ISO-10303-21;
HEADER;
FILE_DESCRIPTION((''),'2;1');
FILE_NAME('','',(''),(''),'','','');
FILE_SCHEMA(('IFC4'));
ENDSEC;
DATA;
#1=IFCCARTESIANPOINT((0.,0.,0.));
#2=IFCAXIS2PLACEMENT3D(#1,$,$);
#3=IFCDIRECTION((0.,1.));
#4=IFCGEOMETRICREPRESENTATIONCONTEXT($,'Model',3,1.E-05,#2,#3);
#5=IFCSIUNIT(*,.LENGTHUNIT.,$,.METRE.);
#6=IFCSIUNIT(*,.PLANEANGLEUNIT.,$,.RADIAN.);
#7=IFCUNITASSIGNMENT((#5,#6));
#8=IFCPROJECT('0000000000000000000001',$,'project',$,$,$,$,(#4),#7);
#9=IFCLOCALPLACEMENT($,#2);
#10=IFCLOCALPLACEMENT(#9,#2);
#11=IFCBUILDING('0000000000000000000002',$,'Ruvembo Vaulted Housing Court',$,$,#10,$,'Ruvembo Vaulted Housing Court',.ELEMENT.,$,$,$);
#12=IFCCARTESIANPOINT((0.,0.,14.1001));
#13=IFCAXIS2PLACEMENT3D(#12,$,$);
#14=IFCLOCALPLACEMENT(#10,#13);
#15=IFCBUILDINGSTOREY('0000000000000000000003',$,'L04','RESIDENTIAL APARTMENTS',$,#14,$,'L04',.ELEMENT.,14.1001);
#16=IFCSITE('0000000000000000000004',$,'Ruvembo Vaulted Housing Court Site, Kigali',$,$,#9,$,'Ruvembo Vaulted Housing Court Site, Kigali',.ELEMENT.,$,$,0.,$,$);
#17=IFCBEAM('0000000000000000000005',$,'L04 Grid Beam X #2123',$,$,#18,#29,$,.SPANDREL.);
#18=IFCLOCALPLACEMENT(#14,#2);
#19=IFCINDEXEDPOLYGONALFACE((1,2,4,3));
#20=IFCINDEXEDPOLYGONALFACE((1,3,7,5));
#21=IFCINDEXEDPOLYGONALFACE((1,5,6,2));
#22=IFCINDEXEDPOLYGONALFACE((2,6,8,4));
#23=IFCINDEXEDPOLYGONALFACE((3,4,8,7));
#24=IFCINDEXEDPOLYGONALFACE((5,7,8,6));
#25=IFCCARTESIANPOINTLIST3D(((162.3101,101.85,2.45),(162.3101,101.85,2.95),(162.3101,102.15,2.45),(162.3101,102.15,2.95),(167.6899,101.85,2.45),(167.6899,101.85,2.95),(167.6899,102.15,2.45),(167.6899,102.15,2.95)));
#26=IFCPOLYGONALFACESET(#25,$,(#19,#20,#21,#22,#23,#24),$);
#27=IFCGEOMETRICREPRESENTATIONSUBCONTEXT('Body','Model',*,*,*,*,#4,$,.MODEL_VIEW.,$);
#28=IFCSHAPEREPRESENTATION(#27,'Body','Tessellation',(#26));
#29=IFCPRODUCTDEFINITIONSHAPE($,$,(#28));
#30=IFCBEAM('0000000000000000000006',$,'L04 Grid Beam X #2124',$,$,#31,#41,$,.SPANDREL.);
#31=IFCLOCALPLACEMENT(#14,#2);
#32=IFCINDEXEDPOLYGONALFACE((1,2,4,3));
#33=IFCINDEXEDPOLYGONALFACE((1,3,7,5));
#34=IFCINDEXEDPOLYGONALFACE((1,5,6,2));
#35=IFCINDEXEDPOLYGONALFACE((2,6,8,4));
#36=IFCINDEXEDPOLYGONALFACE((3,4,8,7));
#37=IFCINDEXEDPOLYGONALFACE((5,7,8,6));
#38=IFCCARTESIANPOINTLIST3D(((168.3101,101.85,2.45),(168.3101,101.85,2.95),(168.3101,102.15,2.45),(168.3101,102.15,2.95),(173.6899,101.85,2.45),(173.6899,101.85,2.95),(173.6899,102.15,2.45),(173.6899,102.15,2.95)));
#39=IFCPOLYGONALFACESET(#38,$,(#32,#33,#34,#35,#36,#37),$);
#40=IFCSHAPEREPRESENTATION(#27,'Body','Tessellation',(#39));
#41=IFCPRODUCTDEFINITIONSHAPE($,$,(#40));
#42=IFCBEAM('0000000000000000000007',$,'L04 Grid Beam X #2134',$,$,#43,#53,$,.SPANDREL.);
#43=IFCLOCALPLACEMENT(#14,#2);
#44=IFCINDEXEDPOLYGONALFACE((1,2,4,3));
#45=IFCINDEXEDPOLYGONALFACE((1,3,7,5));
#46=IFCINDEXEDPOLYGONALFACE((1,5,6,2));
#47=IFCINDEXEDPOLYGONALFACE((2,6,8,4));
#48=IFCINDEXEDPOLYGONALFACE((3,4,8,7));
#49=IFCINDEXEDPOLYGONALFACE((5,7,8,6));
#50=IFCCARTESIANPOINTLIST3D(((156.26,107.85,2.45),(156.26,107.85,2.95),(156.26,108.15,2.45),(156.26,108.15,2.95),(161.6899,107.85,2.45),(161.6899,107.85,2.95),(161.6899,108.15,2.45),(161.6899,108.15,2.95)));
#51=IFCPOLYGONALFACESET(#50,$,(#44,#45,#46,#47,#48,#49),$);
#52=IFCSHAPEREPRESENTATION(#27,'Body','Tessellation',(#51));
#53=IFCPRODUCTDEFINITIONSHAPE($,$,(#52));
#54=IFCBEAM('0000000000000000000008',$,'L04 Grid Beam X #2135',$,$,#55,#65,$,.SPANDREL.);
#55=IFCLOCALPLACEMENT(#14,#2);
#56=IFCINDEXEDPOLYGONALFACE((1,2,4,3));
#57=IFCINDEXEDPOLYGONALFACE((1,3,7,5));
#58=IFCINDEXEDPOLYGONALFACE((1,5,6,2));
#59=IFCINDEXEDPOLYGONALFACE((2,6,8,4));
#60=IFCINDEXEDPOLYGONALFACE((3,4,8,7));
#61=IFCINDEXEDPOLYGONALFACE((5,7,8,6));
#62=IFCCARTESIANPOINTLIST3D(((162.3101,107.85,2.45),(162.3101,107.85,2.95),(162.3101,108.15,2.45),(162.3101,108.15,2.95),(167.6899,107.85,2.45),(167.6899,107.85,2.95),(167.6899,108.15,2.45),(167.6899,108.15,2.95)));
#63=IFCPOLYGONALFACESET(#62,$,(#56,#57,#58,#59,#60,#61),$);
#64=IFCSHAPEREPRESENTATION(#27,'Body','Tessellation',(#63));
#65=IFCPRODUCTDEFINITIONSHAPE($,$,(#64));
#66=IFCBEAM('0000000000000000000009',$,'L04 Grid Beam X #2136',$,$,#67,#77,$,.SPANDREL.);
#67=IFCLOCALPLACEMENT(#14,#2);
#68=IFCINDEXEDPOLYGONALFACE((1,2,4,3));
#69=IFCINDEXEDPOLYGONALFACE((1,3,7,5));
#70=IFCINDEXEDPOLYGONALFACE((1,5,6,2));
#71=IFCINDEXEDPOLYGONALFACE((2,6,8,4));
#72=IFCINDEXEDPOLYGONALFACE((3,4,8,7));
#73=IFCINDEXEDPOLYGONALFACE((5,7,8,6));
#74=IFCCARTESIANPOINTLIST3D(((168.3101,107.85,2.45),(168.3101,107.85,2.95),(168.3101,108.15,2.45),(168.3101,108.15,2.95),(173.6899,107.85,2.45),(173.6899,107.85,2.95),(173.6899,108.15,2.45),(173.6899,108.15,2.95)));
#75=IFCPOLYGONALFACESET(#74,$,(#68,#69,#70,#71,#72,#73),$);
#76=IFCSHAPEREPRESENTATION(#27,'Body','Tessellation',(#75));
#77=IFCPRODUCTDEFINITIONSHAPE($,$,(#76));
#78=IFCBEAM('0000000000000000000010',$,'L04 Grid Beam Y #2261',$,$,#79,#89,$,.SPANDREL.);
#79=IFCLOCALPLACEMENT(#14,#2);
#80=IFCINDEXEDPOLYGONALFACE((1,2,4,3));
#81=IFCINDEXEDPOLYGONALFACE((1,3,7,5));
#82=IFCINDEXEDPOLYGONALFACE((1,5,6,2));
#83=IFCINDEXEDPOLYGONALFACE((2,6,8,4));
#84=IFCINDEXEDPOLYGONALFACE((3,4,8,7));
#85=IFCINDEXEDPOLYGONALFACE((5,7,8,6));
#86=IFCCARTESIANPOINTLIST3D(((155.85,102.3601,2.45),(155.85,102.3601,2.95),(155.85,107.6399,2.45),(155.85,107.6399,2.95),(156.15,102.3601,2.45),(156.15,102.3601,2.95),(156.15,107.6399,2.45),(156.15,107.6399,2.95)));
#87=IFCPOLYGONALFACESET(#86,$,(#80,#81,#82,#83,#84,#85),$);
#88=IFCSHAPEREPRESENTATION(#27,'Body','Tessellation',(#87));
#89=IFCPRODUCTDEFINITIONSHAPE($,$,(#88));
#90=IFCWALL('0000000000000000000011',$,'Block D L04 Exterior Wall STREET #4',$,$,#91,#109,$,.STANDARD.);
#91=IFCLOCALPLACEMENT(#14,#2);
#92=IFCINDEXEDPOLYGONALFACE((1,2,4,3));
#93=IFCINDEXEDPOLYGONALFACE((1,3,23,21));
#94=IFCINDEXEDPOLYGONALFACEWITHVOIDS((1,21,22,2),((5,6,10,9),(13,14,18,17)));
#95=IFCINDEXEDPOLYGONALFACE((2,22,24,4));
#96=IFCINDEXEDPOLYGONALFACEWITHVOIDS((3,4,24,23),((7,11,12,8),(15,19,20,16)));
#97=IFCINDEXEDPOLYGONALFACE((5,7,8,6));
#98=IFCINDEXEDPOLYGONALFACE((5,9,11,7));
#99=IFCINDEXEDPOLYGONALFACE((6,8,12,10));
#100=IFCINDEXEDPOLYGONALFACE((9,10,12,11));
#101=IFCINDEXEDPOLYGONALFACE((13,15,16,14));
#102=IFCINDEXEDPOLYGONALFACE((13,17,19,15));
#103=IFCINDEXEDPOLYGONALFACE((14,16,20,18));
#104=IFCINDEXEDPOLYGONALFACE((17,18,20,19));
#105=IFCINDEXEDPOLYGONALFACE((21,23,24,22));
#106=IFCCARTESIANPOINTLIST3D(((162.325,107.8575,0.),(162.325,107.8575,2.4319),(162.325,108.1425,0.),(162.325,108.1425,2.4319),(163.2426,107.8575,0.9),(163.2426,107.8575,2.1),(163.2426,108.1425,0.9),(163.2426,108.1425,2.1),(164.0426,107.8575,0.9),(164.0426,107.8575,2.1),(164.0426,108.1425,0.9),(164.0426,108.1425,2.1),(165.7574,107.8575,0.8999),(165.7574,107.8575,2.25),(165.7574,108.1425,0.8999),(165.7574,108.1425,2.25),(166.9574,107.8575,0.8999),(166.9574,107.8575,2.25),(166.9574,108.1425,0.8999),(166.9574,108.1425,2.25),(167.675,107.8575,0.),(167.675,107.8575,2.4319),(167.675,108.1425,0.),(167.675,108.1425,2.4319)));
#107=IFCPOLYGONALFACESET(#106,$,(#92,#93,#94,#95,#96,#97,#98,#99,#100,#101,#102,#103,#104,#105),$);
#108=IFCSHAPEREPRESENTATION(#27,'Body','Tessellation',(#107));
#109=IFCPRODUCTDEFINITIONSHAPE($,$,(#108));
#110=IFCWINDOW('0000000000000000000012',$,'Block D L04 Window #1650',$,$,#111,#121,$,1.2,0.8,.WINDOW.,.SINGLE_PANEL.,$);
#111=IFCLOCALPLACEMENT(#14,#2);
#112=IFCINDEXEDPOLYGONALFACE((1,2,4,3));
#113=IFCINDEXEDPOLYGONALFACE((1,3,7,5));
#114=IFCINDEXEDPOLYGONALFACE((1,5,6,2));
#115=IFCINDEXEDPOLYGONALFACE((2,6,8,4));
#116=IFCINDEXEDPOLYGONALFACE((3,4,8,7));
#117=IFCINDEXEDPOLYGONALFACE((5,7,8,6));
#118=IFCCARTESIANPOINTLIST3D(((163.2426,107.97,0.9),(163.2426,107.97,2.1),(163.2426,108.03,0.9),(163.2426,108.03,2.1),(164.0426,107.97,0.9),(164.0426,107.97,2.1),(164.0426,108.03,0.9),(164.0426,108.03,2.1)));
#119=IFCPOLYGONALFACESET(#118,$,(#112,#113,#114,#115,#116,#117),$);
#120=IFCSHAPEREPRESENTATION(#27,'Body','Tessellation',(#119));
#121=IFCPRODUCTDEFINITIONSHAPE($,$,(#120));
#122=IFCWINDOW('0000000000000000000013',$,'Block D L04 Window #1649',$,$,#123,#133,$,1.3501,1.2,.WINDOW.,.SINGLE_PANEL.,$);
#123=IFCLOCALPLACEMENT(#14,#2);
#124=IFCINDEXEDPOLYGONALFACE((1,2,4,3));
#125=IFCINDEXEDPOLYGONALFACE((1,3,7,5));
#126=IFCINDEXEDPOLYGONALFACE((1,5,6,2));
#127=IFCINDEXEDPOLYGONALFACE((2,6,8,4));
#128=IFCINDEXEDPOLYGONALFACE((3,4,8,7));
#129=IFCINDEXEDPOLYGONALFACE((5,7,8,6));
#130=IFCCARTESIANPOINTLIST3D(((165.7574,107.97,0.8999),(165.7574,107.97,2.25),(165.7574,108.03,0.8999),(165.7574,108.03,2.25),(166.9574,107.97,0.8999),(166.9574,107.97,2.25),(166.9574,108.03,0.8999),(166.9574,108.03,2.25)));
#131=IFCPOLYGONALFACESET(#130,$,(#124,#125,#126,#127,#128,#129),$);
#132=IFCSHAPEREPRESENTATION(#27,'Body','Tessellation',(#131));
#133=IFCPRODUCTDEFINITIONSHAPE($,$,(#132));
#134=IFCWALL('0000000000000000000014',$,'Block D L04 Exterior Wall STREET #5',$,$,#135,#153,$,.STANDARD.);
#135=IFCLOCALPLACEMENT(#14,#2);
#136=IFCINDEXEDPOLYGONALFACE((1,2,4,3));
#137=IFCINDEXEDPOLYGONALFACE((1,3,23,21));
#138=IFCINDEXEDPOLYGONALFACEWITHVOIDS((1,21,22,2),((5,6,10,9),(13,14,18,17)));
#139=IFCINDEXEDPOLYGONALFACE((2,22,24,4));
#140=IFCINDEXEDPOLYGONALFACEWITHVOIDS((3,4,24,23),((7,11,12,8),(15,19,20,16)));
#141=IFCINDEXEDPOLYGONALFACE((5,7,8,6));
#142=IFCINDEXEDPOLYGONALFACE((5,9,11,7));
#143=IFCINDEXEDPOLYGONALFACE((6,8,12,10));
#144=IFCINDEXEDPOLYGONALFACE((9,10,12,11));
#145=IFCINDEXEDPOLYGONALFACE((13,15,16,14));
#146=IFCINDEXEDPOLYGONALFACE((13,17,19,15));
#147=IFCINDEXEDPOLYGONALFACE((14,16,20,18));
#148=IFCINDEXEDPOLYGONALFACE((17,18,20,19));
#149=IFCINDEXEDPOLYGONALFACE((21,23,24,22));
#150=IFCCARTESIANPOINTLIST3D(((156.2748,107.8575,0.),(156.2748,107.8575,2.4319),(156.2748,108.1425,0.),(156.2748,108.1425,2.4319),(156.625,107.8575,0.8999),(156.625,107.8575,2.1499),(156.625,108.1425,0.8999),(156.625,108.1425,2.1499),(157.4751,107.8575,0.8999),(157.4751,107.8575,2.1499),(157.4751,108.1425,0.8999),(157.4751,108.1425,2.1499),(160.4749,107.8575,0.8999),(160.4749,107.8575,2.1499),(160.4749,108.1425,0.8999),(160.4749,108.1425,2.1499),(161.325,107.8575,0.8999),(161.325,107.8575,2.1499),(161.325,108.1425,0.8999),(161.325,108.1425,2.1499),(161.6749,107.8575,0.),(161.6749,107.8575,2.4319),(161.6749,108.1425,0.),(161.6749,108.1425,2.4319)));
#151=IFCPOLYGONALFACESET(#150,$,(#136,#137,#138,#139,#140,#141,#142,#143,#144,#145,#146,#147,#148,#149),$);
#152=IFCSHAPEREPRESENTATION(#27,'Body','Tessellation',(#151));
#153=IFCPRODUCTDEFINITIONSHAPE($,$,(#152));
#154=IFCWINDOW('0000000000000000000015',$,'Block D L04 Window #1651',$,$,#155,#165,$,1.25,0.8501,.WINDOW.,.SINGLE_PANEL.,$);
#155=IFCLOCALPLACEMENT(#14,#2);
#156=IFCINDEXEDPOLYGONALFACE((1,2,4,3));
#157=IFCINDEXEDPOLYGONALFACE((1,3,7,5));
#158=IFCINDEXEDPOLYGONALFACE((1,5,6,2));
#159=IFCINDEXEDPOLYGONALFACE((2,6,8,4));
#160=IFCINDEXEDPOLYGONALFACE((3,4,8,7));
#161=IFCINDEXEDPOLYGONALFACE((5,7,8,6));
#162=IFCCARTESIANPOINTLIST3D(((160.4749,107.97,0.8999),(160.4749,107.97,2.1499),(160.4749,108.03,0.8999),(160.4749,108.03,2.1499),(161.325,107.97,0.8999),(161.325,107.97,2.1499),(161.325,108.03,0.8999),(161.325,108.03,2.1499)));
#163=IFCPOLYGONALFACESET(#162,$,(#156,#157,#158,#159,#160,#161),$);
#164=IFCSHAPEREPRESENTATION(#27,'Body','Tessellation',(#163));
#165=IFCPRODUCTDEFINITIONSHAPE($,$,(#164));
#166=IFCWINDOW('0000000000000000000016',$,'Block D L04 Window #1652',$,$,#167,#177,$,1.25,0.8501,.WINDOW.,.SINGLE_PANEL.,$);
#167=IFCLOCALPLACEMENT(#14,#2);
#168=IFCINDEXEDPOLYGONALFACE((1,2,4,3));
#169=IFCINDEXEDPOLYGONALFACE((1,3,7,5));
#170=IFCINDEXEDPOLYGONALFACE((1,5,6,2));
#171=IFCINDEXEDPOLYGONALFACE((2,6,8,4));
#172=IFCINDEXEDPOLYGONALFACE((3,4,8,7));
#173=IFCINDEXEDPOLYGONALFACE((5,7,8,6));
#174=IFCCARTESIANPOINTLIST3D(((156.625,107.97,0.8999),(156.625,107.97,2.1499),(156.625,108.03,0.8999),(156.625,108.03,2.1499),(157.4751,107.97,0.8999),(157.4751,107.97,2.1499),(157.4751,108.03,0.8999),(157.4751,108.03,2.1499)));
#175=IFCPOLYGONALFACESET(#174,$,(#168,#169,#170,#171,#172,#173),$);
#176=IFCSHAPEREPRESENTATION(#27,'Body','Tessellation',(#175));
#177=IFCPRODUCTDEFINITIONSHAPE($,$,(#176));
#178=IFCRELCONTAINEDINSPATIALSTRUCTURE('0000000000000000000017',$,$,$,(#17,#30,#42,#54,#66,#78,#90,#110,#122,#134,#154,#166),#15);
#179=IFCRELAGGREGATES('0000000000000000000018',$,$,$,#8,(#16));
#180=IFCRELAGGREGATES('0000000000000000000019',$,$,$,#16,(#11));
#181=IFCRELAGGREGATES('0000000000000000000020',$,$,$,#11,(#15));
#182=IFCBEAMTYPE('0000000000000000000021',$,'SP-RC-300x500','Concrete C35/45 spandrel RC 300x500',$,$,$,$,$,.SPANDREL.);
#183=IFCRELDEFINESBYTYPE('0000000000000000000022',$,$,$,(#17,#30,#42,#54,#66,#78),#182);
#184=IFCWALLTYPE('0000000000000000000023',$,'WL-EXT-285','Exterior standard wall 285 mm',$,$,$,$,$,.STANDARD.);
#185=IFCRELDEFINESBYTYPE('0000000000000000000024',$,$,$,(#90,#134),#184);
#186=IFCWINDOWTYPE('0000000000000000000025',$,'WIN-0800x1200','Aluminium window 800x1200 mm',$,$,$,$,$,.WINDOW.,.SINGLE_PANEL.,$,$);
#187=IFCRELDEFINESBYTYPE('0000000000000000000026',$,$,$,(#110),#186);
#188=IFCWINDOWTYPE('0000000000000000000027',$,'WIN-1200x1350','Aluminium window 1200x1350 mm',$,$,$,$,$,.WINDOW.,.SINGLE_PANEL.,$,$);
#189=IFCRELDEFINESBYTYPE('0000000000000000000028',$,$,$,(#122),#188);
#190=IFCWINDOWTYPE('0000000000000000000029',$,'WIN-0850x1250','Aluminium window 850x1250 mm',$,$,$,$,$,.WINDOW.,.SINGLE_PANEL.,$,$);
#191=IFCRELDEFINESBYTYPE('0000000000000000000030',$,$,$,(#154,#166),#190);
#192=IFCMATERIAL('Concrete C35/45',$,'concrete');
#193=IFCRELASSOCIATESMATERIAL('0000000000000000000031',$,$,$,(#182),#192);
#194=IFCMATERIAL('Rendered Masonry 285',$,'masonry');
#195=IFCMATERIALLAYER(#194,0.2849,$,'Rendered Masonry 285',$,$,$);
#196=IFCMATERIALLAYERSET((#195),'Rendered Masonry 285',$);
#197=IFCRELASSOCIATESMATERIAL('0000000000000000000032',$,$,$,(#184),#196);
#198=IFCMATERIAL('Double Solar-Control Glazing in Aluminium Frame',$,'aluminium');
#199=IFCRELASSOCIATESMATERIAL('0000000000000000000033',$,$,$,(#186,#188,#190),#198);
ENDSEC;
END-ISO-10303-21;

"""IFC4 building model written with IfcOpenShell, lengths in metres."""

from ifc_helpers import new_model, si_unit, direction, frame, frame_2d, origin, origin_2d, place, context, subcontext, project, spatial, rectangle, extrude, material, layer, layer_set, material_profile, profile_set, type_object, element, fill, save


model = new_model("IFC4")

# Units and contexts
model_context = context("Model", 3, precision=1e-05, world=origin(), true_north=direction((0.0, 1.0)))
body_context = subcontext(model_context, "Body", "Model", "MODEL_VIEW")
ifc_project = project(units=[si_unit("LENGTHUNIT", "METRE"), si_unit("PLANEANGLEUNIT", "RADIAN")], contexts=[model_context])

# Site, building, storey
site_placement = place(None, origin())
site = spatial("IfcSite", under=ifc_project, at=site_placement, Name="Ruvembo Vaulted Housing Court Site, Kigali", LongName="Ruvembo Vaulted Housing Court Site, Kigali", CompositionType="ELEMENT", RefElevation=0.0)
building_placement = place(site_placement, origin())
building = spatial("IfcBuilding", under=site, at=building_placement, Name="Ruvembo Vaulted Housing Court", LongName="Ruvembo Vaulted Housing Court", CompositionType="ELEMENT")
storey_placement = place(building_placement, frame((0.0, 0.0, 14.1001)))
storey = spatial("IfcBuildingStorey", under=building, at=storey_placement, Name="L04", Description="RESIDENTIAL APARTMENTS", LongName="L04", CompositionType="ELEMENT", Elevation=14.1001)

# Beams
ifc_material_1 = material(Name="Concrete C35/45", Category="concrete")
ifc_material_profile_1 = material_profile(ifc_material_1, rectangle(XDim=0.3, YDim=0.5, at=origin_2d()), Name="RC 300x500")
ifc_profile_set_1 = profile_set([ifc_material_profile_1], Name="Concrete C35/45")
beam_type_1 = type_object("IfcBeamType", Name="SP-RC-300x500", Description="Concrete C35/45 spandrel RC 300x500", PredefinedType="SPANDREL", material=ifc_profile_set_1)
for number, where, z_axis, x_axis, name in (
    (1, (162.3101, 102.0, 2.7), (1.0, 0.0, 0.0), (0.0, 1.0, 0.0), "L04 Grid Beam X #2123"),
    (2, (168.3101, 102.0, 2.7), (1.0, 0.0, 0.0), (0.0, 1.0, 0.0), "L04 Grid Beam X #2124"),
):
    element("IfcBeam", number, at=place(storey_placement, frame(where, z_axis=z_axis, x_axis=x_axis)), inside=storey, type_object=beam_type_1, Name=name, PredefinedType="SPANDREL", context=body_context, shape_type="SweptSolid", body=[
        extrude(rectangle(XDim=0.3, YDim=0.5, at=origin_2d()), origin(), (0.0, 0.0, 1.0), 5.3799),
    ])
beam_1_placement = place(storey_placement, frame((156.26, 108.0, 2.7), z_axis=(1.0, 0.0, 0.0), x_axis=(0.0, 1.0, 0.0)))
element("IfcBeam", 3, at=beam_1_placement, inside=storey, type_object=beam_type_1, Name="L04 Grid Beam X #2134", PredefinedType="SPANDREL", context=body_context, shape_type="SweptSolid", body=[
    extrude(rectangle(XDim=0.3, YDim=0.5, at=origin_2d()), origin(), (0.0, 0.0, 1.0), 5.4299),
])
for number, where, z_axis, x_axis, name in (
    (4, (162.3101, 108.0, 2.7), (1.0, 0.0, 0.0), (0.0, 1.0, 0.0), "L04 Grid Beam X #2135"),
    (5, (168.3101, 108.0, 2.7), (1.0, 0.0, 0.0), (0.0, 1.0, 0.0), "L04 Grid Beam X #2136"),
):
    element("IfcBeam", number, at=place(storey_placement, frame(where, z_axis=z_axis, x_axis=x_axis)), inside=storey, type_object=beam_type_1, Name=name, PredefinedType="SPANDREL", context=body_context, shape_type="SweptSolid", body=[
        extrude(rectangle(XDim=0.3, YDim=0.5, at=origin_2d()), origin(), (0.0, 0.0, 1.0), 5.3799),
    ])
beam_2_placement = place(storey_placement, frame((156.0, 102.3601, 2.7), z_axis=(0.0, 1.0, 0.0), x_axis=(-1.0, 0.0, 0.0)))
element("IfcBeam", 6, at=beam_2_placement, inside=storey, type_object=beam_type_1, Name="L04 Grid Beam Y #2261", PredefinedType="SPANDREL", context=body_context, shape_type="SweptSolid", body=[
    extrude(rectangle(XDim=0.3, YDim=0.5, at=origin_2d()), origin(), (0.0, 0.0, 1.0), 5.2798),
])

# Walls, openings, windows
ifc_material_2 = material(Name="Rendered Masonry 285", Category="masonry")
ifc_layer_1 = layer(ifc_material_2, 0.2849, Name="Rendered Masonry 285")
ifc_layer_set_1 = layer_set([ifc_layer_1], Name="Rendered Masonry 285")
wall_type_1 = type_object("IfcWallType", Name="WL-EXT-285", Description="Exterior standard wall 285 mm", PredefinedType="STANDARD", material=ifc_layer_set_1)
wall_1_placement = place(storey_placement, frame((167.675, 108.0, 0.0), z_axis=(0.0, 0.0, 1.0), x_axis=(-1.0, 0.0, 0.0)))
wall_1 = element("IfcWall", 7, at=wall_1_placement, inside=storey, type_object=wall_type_1, Name="Block D L04 Exterior Wall STREET #4", PredefinedType="STANDARD", context=body_context, shape_type="SweptSolid", body=[
    extrude(rectangle(XDim=5.3501, YDim=0.2849, at=frame_2d((2.675, 0.0))), origin(), (0.0, 0.0, 1.0), 2.4319),
])
opening_1_placement = place(wall_1_placement, frame((0.7175, 0.0, 0.8999)))
opening_1 = element("IfcOpeningElement", 8, at=opening_1_placement, cuts=wall_1, PredefinedType="OPENING", context=body_context, shape_type="SweptSolid", body=[
    extrude(rectangle(XDim=1.2, YDim=1.3501, at=frame_2d((0.6001, 0.675))), frame((0.0, 0.1523, 0.0), z_axis=(0.0, -1.0, 0.0), x_axis=(1.0, 0.0, 0.0)), (0.0, 0.0, 1.0), 0.3049),
])
opening_2_placement = place(wall_1_placement, frame((3.6326, 0.0, 0.8999)))
opening_2 = element("IfcOpeningElement", 9, at=opening_2_placement, cuts=wall_1, PredefinedType="OPENING", context=body_context, shape_type="SweptSolid", body=[
    extrude(rectangle(XDim=0.8, YDim=1.2, at=frame_2d((0.3999, 0.6001))), frame((0.0, 0.1523, 0.0), z_axis=(0.0, -1.0, 0.0), x_axis=(1.0, 0.0, 0.0)), (0.0, 0.0, 1.0), 0.3049),
])
ifc_material_3 = material(Name="Double Solar-Control Glazing in Aluminium Frame", Category="aluminium")
window_type_1 = type_object("IfcWindowType", Name="WIN-0800x1200", Description="Aluminium window 800x1200 mm", PartitioningType="SINGLE_PANEL", PredefinedType="WINDOW", material=ifc_material_3)
window_1_placement = place(opening_2_placement, origin())
window_1 = element("IfcWindow", 10, at=window_1_placement, inside=storey, type_object=window_type_1, Name="Block D L04 Window #1650", OverallHeight=1.2, OverallWidth=0.8, PartitioningType="SINGLE_PANEL", PredefinedType="WINDOW", context=body_context, shape_type="SweptSolid", body=[
    extrude(rectangle(XDim=0.8, YDim=1.2, at=frame_2d((0.3999, 0.6001))), frame((0.0, 0.03, 0.0), z_axis=(0.0, -1.0, 0.0), x_axis=(1.0, 0.0, 0.0)), (0.0, 0.0, 1.0), 0.0601),
])
fill(opening_2, window_1)
window_type_2 = type_object("IfcWindowType", Name="WIN-1200x1350", Description="Aluminium window 1200x1350 mm", PartitioningType="SINGLE_PANEL", PredefinedType="WINDOW", material=ifc_material_3)
window_2_placement = place(opening_1_placement, origin())
window_2 = element("IfcWindow", 11, at=window_2_placement, inside=storey, type_object=window_type_2, Name="Block D L04 Window #1649", OverallHeight=1.3501, OverallWidth=1.2, PartitioningType="SINGLE_PANEL", PredefinedType="WINDOW", context=body_context, shape_type="SweptSolid", body=[
    extrude(rectangle(XDim=1.2, YDim=1.3501, at=frame_2d((0.6001, 0.675))), frame((0.0, 0.03, 0.0), z_axis=(0.0, -1.0, 0.0), x_axis=(1.0, 0.0, 0.0)), (0.0, 0.0, 1.0), 0.0601),
])
fill(opening_1, window_2)
wall_2_placement = place(storey_placement, frame((161.675, 108.0, 0.0), z_axis=(0.0, 0.0, 1.0), x_axis=(-1.0, 0.0, 0.0)))
wall_2 = element("IfcWall", 12, at=wall_2_placement, inside=storey, type_object=wall_type_1, Name="Block D L04 Exterior Wall STREET #5", PredefinedType="STANDARD", context=body_context, shape_type="SweptSolid", body=[
    extrude(rectangle(XDim=5.4001, YDim=0.2849, at=frame_2d((2.7002, 0.0))), origin(), (0.0, 0.0, 1.0), 2.4319),
])
opening_3_placement = place(wall_2_placement, frame((0.3501, 0.0, 0.8999)))
opening_3 = element("IfcOpeningElement", 13, at=opening_3_placement, cuts=wall_2, PredefinedType="OPENING", context=body_context, shape_type="SweptSolid", body=[
    extrude(rectangle(XDim=0.8501, YDim=1.25, at=frame_2d((0.425, 0.625))), frame((0.0, 0.1523, 0.0), z_axis=(0.0, -1.0, 0.0), x_axis=(1.0, 0.0, 0.0)), (0.0, 0.0, 1.0), 0.3049),
])
opening_4_placement = place(wall_2_placement, frame((4.2, 0.0, 0.8999)))
opening_4 = element("IfcOpeningElement", 14, at=opening_4_placement, cuts=wall_2, PredefinedType="OPENING", context=body_context, shape_type="SweptSolid", body=[
    extrude(rectangle(XDim=0.8501, YDim=1.25, at=frame_2d((0.425, 0.625))), frame((0.0, 0.1523, 0.0), z_axis=(0.0, -1.0, 0.0), x_axis=(1.0, 0.0, 0.0)), (0.0, 0.0, 1.0), 0.3049),
])
window_type_3 = type_object("IfcWindowType", Name="WIN-0850x1250", Description="Aluminium window 850x1250 mm", PartitioningType="SINGLE_PANEL", PredefinedType="WINDOW", material=ifc_material_3)
window_3_placement = place(opening_3_placement, origin())
window_3 = element("IfcWindow", 15, at=window_3_placement, inside=storey, type_object=window_type_3, Name="Block D L04 Window #1651", OverallHeight=1.25, OverallWidth=0.8501, PartitioningType="SINGLE_PANEL", PredefinedType="WINDOW", context=body_context, shape_type="SweptSolid", body=[
    extrude(rectangle(XDim=0.8501, YDim=1.25, at=frame_2d((0.425, 0.625))), frame((0.0, 0.03, 0.0), z_axis=(0.0, -1.0, 0.0), x_axis=(1.0, 0.0, 0.0)), (0.0, 0.0, 1.0), 0.0601),
])
fill(opening_3, window_3)
window_4_placement = place(opening_4_placement, origin())
window_4 = element("IfcWindow", 16, at=window_4_placement, inside=storey, type_object=window_type_3, Name="Block D L04 Window #1652", OverallHeight=1.25, OverallWidth=0.8501, PartitioningType="SINGLE_PANEL", PredefinedType="WINDOW", context=body_context, shape_type="SweptSolid", body=[
    extrude(rectangle(XDim=0.8501, YDim=1.25, at=frame_2d((0.425, 0.625))), frame((0.0, 0.03, 0.0), z_axis=(0.0, -1.0, 0.0), x_axis=(1.0, 0.0, 0.0)), (0.0, 0.0, 1.0), 0.0601),
])
fill(opening_4, window_4)

save(model, "model.ifc")
